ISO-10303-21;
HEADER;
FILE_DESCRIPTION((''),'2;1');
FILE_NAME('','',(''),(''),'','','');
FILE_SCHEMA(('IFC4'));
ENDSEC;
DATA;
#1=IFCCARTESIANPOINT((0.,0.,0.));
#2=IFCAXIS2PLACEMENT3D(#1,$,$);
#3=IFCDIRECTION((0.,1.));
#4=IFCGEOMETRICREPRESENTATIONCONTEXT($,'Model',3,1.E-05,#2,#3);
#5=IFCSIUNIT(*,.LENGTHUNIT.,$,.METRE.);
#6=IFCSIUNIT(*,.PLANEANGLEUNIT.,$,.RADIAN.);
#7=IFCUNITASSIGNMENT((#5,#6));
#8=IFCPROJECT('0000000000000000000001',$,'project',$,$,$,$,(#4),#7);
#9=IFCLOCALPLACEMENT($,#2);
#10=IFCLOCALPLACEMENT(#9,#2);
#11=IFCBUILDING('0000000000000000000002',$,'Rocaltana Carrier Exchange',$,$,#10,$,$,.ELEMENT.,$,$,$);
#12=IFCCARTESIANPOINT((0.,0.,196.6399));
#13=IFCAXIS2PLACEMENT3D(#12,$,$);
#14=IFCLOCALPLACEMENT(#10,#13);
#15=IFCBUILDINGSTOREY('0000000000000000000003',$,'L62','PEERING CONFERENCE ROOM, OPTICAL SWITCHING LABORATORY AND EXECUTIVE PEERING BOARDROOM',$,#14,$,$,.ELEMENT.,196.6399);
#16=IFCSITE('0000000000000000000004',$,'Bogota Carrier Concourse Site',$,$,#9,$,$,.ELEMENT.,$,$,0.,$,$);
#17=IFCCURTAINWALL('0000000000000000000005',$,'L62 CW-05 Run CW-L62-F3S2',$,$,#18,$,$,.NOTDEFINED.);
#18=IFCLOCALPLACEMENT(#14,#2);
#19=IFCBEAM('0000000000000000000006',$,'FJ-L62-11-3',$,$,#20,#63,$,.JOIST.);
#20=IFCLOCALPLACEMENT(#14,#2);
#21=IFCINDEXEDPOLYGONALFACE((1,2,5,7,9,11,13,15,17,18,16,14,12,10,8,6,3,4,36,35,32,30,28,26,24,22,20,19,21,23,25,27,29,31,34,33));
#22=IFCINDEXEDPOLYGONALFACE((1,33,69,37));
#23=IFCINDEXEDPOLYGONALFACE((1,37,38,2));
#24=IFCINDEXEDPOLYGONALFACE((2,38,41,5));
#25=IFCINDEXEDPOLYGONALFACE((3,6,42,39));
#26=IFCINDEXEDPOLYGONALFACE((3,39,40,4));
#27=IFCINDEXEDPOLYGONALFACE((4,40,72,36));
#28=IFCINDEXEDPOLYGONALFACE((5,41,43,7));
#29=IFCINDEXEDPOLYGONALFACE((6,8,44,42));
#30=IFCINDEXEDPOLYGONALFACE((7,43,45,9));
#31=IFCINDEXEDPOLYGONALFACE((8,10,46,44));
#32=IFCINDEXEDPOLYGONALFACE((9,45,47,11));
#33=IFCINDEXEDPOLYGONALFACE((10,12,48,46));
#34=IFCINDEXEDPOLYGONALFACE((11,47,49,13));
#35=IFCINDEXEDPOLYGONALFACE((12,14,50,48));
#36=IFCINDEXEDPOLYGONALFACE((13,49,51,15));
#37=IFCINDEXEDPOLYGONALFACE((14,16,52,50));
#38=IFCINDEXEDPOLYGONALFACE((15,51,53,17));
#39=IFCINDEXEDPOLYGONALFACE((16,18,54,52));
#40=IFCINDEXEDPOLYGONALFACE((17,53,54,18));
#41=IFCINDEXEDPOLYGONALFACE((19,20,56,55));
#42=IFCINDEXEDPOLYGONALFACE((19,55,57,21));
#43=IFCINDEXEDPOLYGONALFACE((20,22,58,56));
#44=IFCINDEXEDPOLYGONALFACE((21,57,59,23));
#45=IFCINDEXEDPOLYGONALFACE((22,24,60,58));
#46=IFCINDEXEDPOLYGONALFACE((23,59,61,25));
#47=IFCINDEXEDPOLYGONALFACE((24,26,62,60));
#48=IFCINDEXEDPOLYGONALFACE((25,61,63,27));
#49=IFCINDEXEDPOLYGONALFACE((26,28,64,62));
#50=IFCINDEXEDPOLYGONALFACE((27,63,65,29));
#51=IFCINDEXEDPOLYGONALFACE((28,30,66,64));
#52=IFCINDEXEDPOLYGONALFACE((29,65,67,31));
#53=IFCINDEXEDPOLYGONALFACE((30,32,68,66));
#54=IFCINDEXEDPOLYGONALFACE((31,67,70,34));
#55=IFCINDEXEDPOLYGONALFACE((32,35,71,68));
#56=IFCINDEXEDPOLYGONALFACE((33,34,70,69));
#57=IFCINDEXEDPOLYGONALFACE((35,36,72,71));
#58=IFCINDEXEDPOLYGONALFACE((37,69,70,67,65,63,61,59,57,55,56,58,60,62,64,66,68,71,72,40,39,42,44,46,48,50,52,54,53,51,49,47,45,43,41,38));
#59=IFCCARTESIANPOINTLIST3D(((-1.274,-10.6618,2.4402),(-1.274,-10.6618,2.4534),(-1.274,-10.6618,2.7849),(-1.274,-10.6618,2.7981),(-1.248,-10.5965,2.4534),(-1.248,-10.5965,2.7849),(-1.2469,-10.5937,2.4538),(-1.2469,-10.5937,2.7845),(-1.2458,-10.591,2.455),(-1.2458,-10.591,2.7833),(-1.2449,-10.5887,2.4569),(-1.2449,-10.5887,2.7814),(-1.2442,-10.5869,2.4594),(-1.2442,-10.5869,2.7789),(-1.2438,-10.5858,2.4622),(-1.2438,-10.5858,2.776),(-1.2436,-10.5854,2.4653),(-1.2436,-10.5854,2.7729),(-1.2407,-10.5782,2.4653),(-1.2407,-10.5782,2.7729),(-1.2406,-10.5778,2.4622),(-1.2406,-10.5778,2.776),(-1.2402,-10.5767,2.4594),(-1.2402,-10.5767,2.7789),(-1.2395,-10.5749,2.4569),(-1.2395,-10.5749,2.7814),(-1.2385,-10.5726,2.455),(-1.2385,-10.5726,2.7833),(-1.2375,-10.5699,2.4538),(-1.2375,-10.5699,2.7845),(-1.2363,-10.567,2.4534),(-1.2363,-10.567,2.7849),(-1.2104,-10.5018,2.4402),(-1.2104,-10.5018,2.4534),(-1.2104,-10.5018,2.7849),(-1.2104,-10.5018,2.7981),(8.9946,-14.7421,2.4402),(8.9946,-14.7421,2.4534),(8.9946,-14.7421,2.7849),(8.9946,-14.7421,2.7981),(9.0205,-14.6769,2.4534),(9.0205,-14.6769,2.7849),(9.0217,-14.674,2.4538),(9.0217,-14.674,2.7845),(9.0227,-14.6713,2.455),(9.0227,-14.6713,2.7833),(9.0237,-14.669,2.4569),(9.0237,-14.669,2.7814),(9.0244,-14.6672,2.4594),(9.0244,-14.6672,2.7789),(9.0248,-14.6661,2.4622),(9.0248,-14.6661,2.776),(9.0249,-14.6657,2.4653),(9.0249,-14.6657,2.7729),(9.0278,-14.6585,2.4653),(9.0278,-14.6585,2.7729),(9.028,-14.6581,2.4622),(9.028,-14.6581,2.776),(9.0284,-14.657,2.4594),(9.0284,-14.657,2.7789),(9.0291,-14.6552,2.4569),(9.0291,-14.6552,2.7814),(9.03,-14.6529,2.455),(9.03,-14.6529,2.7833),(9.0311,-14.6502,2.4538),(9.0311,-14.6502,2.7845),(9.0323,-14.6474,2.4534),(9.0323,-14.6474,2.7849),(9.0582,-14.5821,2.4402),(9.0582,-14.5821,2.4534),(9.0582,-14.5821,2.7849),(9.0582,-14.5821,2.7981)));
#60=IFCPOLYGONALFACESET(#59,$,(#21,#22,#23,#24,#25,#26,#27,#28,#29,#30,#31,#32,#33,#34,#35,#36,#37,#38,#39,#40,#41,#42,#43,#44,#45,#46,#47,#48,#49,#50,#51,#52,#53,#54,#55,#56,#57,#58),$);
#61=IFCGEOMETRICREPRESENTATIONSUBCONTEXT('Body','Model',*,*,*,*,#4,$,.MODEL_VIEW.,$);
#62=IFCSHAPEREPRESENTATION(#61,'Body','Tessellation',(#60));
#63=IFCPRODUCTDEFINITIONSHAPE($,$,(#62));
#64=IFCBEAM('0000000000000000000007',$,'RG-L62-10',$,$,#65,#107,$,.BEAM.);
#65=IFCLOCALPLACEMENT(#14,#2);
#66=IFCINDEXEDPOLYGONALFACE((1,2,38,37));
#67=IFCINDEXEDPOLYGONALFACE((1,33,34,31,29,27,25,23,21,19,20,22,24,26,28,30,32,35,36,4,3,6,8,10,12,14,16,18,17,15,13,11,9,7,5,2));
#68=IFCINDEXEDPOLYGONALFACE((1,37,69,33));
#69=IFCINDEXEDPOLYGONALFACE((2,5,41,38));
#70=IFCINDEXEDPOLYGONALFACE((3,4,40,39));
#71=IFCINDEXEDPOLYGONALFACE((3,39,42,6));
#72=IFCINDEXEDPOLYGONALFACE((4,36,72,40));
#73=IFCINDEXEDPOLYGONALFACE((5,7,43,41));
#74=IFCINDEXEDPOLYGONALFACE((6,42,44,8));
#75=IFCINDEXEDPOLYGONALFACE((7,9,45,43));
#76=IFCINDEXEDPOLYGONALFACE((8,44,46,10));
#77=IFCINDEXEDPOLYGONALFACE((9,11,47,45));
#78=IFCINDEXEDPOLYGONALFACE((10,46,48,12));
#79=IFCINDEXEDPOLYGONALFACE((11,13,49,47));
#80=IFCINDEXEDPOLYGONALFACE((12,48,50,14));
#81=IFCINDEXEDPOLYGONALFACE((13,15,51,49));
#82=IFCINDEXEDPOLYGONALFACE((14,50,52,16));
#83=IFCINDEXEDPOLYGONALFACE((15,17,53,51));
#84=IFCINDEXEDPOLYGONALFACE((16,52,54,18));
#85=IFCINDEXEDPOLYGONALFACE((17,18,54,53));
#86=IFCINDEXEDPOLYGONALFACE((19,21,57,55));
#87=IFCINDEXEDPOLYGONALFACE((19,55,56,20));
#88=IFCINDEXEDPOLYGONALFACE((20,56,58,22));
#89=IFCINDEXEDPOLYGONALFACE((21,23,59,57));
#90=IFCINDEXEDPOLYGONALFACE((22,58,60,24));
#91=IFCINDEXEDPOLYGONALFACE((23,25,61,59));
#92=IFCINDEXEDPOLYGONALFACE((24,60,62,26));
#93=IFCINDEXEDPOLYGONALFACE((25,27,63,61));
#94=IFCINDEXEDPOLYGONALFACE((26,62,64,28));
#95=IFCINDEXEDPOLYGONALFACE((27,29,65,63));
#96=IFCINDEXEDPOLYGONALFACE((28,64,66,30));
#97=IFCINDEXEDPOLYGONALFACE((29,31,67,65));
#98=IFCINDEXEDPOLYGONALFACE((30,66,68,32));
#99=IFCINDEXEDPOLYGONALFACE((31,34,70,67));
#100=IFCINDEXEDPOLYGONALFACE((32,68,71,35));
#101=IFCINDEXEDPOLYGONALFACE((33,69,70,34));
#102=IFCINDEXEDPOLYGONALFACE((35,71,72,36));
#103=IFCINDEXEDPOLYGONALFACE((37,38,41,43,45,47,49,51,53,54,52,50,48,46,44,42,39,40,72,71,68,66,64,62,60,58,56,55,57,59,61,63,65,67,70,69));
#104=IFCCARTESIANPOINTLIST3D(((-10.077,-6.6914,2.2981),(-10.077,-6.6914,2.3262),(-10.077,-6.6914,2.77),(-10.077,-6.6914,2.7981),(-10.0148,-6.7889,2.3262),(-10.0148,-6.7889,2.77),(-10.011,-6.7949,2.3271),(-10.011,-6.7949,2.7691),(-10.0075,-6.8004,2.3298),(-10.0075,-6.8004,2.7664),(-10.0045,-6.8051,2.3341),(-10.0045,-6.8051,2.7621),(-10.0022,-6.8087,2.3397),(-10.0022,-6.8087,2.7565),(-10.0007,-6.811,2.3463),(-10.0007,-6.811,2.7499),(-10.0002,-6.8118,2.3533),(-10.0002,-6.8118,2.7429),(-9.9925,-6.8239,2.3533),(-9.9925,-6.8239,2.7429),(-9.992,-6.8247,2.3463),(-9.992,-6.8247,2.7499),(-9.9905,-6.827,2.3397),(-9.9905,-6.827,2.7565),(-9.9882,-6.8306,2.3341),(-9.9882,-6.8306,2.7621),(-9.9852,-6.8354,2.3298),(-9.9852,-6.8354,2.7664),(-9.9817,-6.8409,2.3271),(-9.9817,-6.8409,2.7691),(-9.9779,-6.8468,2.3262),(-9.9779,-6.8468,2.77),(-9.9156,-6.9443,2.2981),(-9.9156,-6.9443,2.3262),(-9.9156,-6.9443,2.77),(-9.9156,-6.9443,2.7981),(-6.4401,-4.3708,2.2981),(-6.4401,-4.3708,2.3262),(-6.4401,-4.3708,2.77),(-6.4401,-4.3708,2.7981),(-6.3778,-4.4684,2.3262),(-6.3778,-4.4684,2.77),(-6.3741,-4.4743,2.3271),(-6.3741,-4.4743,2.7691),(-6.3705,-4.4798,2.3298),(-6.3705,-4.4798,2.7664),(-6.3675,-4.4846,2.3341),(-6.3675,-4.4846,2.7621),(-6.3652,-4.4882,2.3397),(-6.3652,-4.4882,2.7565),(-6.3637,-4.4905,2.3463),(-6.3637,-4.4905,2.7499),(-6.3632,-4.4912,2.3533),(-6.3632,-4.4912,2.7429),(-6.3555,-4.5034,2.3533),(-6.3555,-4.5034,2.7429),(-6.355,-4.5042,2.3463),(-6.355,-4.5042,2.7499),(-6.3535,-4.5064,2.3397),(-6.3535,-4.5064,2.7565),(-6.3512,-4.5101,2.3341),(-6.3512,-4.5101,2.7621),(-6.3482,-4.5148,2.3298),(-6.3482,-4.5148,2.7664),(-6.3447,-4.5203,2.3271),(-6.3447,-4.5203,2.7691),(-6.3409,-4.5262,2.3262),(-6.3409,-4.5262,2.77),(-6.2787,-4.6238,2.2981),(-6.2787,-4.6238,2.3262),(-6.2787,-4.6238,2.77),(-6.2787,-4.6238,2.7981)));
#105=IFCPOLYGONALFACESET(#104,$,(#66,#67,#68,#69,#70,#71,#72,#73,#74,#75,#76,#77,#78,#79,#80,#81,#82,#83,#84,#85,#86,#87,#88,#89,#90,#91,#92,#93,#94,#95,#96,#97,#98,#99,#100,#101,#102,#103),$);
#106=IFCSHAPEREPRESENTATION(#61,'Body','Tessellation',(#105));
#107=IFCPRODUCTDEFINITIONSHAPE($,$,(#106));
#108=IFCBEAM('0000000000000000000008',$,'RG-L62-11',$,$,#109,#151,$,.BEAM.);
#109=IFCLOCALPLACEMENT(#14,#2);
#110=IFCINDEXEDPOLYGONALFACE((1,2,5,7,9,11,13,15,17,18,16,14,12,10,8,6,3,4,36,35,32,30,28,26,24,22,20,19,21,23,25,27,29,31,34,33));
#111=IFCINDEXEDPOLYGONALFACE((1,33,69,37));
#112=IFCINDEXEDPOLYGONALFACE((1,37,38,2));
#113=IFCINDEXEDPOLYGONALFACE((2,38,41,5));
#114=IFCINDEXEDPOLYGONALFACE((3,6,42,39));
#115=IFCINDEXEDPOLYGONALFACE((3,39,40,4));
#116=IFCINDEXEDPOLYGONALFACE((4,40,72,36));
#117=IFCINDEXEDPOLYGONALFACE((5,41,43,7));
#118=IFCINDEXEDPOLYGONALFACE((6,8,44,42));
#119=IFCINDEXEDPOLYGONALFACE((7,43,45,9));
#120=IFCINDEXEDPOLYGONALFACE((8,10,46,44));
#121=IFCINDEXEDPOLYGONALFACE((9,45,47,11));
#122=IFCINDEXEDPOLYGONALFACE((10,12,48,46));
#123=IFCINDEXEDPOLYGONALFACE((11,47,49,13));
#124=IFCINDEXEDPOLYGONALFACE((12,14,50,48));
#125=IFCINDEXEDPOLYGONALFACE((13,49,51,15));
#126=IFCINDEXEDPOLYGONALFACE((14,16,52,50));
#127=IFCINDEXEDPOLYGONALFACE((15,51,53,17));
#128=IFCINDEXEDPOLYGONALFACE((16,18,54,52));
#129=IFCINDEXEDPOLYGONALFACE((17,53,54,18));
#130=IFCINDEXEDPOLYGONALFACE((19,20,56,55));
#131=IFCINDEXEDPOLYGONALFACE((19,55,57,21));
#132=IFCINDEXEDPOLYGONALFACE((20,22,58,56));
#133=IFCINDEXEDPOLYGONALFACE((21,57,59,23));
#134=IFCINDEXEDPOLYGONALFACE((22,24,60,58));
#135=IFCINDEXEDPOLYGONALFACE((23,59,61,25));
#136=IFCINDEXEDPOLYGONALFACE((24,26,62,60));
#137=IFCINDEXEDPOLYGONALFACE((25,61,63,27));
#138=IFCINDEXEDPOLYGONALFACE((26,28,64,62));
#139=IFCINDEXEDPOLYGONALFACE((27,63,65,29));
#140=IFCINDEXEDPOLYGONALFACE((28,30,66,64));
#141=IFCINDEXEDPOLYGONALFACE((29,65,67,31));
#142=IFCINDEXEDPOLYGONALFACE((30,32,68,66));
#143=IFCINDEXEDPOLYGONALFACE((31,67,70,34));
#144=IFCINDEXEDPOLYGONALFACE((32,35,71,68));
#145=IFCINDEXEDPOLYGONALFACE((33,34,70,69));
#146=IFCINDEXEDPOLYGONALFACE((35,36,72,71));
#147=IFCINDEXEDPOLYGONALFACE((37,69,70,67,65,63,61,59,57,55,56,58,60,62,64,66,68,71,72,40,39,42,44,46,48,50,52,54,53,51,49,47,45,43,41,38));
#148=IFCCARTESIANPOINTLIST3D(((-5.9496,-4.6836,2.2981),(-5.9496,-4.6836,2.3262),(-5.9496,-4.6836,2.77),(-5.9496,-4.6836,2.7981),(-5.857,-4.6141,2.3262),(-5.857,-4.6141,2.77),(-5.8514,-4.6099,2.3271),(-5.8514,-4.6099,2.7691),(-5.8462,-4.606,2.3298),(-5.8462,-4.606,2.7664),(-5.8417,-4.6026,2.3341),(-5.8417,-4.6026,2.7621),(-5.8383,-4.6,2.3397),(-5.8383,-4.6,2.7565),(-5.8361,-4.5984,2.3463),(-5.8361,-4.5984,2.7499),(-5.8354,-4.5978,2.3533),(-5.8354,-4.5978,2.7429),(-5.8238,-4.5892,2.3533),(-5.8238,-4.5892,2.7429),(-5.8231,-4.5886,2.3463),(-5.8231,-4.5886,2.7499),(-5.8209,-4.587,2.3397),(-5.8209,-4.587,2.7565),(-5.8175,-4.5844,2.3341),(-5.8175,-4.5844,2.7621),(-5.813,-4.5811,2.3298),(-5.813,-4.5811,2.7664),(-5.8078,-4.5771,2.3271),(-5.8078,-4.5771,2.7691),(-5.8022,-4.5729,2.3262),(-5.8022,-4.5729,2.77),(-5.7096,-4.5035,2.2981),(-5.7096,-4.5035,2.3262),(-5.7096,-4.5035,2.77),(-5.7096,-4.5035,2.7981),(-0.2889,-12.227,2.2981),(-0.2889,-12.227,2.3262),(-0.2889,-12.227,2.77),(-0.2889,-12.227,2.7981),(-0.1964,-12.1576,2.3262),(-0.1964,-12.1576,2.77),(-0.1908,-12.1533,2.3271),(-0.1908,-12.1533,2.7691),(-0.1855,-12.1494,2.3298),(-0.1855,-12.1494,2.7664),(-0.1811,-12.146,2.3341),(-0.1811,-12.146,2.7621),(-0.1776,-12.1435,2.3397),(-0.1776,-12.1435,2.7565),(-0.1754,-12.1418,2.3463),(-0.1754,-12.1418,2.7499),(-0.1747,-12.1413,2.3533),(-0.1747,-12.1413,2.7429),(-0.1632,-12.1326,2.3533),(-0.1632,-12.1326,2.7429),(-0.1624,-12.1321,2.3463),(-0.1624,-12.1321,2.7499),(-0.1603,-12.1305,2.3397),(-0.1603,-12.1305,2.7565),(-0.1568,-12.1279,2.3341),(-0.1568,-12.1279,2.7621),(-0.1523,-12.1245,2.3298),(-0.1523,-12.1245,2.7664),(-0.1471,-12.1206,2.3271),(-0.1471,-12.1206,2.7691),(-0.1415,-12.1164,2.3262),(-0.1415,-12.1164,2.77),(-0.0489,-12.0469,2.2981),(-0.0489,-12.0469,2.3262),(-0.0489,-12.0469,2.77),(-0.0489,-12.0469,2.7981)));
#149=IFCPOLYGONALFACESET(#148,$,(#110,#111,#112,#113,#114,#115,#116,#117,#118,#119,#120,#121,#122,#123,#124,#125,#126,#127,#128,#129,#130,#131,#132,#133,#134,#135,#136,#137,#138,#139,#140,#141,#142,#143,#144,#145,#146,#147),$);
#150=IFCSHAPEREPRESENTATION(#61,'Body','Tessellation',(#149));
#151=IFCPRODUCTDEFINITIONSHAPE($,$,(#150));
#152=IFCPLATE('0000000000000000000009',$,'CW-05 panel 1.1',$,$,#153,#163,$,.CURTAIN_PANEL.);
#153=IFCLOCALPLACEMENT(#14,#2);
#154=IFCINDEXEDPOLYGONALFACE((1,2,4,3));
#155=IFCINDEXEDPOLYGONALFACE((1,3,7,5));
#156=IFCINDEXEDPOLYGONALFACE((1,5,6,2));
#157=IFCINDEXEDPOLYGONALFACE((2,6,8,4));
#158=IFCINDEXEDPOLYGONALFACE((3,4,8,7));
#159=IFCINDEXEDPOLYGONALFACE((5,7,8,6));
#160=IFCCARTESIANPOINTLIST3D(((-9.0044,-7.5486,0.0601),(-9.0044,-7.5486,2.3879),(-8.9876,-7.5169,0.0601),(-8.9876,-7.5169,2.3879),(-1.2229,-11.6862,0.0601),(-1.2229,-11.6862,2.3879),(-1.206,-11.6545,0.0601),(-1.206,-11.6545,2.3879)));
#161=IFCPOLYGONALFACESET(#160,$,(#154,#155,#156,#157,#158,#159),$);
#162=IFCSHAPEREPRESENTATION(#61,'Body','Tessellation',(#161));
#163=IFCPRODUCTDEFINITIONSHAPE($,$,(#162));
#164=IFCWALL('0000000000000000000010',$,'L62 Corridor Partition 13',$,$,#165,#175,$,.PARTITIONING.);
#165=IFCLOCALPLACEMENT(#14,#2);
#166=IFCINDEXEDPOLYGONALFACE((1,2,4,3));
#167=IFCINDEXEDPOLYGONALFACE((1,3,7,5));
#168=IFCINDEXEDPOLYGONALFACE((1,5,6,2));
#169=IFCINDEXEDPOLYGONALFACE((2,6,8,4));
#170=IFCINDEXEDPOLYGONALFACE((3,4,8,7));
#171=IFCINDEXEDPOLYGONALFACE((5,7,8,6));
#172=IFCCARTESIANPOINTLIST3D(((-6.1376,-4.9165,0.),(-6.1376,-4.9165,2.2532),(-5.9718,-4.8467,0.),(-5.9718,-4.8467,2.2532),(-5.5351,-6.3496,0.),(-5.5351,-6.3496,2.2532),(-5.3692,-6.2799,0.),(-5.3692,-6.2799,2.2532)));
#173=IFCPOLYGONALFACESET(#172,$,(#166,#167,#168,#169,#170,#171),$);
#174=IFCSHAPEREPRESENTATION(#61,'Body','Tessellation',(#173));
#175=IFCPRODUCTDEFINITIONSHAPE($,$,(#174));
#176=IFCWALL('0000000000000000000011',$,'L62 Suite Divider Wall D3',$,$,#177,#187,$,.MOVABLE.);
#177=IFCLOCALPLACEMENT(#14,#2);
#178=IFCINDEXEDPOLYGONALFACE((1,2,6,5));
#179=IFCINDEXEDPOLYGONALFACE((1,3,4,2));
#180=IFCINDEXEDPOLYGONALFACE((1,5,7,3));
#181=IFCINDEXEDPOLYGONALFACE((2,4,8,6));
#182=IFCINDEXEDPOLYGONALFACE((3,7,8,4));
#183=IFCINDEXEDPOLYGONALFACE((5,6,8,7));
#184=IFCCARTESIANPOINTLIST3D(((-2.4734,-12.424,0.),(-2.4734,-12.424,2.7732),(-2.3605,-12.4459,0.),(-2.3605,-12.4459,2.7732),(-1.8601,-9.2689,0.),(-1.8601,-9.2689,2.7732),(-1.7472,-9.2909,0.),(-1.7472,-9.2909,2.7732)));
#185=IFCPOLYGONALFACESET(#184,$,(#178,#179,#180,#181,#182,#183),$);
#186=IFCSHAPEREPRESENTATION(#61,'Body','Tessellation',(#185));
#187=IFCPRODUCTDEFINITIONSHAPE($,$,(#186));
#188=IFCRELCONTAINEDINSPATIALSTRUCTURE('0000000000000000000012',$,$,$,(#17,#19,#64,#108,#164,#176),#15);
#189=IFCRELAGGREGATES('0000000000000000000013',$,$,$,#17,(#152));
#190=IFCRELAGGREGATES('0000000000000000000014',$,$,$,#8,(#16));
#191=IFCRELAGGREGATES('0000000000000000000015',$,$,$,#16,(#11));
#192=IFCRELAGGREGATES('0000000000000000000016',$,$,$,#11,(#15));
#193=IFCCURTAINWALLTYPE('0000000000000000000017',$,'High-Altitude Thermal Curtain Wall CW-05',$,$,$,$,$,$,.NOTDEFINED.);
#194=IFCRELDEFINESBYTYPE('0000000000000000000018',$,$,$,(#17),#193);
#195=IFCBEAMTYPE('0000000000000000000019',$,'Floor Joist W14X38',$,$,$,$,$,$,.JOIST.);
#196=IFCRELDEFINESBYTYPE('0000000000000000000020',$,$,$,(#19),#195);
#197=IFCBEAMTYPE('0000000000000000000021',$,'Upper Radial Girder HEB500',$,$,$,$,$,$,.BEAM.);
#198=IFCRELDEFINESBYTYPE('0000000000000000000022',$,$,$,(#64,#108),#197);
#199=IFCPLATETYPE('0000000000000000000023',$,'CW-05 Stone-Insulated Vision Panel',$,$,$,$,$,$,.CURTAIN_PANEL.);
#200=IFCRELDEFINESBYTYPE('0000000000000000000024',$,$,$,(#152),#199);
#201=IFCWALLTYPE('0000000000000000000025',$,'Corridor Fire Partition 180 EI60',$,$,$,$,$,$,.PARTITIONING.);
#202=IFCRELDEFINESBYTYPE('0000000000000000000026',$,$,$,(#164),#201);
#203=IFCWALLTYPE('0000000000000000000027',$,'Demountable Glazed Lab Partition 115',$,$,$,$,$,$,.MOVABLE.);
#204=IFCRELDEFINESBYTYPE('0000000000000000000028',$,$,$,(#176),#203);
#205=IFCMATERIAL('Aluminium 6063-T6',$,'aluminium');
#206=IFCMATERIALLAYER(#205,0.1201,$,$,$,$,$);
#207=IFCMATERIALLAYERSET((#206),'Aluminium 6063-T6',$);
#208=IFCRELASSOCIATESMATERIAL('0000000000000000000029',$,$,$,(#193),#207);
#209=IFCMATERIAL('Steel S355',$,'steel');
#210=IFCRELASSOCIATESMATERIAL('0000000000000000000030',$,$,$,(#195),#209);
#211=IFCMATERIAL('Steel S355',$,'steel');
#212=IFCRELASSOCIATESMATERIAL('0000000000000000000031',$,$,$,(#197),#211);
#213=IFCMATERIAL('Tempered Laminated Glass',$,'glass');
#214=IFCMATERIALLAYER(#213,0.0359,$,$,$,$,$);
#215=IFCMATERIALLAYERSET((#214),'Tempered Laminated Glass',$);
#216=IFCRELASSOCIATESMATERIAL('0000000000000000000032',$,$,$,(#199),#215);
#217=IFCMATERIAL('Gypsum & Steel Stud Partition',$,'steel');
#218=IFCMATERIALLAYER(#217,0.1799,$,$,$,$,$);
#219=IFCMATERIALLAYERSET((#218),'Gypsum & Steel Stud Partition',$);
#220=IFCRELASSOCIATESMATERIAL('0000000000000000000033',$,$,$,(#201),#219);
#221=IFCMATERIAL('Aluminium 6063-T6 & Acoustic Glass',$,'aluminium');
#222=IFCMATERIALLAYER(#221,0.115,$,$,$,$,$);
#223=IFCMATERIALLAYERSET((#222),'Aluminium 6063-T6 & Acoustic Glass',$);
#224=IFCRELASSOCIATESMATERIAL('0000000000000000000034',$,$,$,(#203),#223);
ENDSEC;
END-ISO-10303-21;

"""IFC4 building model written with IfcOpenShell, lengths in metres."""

from ifc_helpers import new_model, si_unit, direction, frame, frame_2d, origin, origin_2d, place, context, subcontext, project, spatial, rectangle, i_section, extrude, material, layer, layer_set, material_profile, profile_set, type_object, element, aggregate, save


model = new_model("IFC4")

# Units and contexts
model_context = context("Model", 3, precision=1e-05, world=origin(), true_north=direction((0.0, 1.0)))
body_context = subcontext(model_context, "Body", "Model", "MODEL_VIEW")
ifc_project = project(units=[si_unit("LENGTHUNIT", "METRE"), si_unit("PLANEANGLEUNIT", "RADIAN")], contexts=[model_context])

# Site, building, storey
site_placement = place(None, origin())
site = spatial("IfcSite", under=ifc_project, at=site_placement, Name="Bogota Carrier Concourse Site", CompositionType="ELEMENT", RefElevation=0.0)
building_placement = place(site_placement, origin())
building = spatial("IfcBuilding", under=site, at=building_placement, Name="Rocaltana Carrier Exchange", CompositionType="ELEMENT")
storey_placement = place(building_placement, frame((0.0, 0.0, 196.6399)))
storey = spatial("IfcBuildingStorey", under=building, at=storey_placement, Name="L62", Description="PEERING CONFERENCE ROOM, OPTICAL SWITCHING LABORATORY AND EXECUTIVE PEERING BOARDROOM", CompositionType="ELEMENT", Elevation=196.6399)

# Curtain wall
ifc_material_1 = material(Name="Aluminium 6063-T6", Category="aluminium")
ifc_layer_1 = layer(ifc_material_1, 0.1201)
ifc_layer_set_1 = layer_set([ifc_layer_1], Name="Aluminium 6063-T6")
curtain_wall_type = type_object("IfcCurtainWallType", Name="High-Altitude Thermal Curtain Wall CW-05", PredefinedType="NOTDEFINED", material=ifc_layer_set_1)
curtain_wall_placement = place(storey_placement, origin())
curtain_wall = element("IfcCurtainWall", 1, at=curtain_wall_placement, inside=storey, type_object=curtain_wall_type, Name="L62 CW-05 Run CW-L62-F3S2", PredefinedType="NOTDEFINED")

# Beams
ifc_material_2 = material(Name="Steel S355", Category="steel")
ifc_material_profile_1 = material_profile(ifc_material_2, i_section(OverallWidth=0.1721, OverallDepth=0.3579, WebThickness=0.0078, FlangeThickness=0.0132, FilletRadius=0.012, at=origin_2d()), Name="W14X38")
ifc_profile_set_1 = profile_set([ifc_material_profile_1], Name="Steel S355")
beam_type_1 = type_object("IfcBeamType", Name="Floor Joist W14X38", PredefinedType="JOIST", material=ifc_profile_set_1)
beam_1_placement = place(storey_placement, frame((-1.2422, -10.5818, 2.6191), z_axis=(0.92932, -0.369275, 0.0), x_axis=(0.369275, 0.92932, 0.0)))
element("IfcBeam", 2, at=beam_1_placement, inside=storey, type_object=beam_type_1, Name="FJ-L62-11-3", PredefinedType="JOIST", context=body_context, shape_type="SweptSolid", body=[
    extrude(i_section(OverallWidth=0.1721, OverallDepth=0.3579, WebThickness=0.0078, FlangeThickness=0.0132, FilletRadius=0.012, at=origin_2d()), origin(), (0.0, 0.0, 1.0), 11.0496),
])
ifc_material_3 = material(Name="Steel S355", Category="steel")
ifc_material_profile_2 = material_profile(ifc_material_3, i_section(OverallWidth=0.3, OverallDepth=0.5, WebThickness=0.0144, FlangeThickness=0.0281, FilletRadius=0.0271, at=origin_2d()), Name="HEB500")
ifc_profile_set_2 = profile_set([ifc_material_profile_2], Name="Steel S355")
beam_type_2 = type_object("IfcBeamType", Name="Upper Radial Girder HEB500", PredefinedType="BEAM", material=ifc_profile_set_2)
beam_2_placement = place(storey_placement, frame((-6.3594, -4.4973, 2.5481), z_axis=(-0.843018, -0.537886, 0.0), x_axis=(0.537886, -0.843018, 0.0)))
element("IfcBeam", 3, at=beam_2_placement, inside=storey, type_object=beam_type_2, Name="RG-L62-10", PredefinedType="BEAM", context=body_context, shape_type="SweptSolid", body=[
    extrude(i_section(OverallWidth=0.3, OverallDepth=0.5, WebThickness=0.0144, FlangeThickness=0.0281, FilletRadius=0.0271, at=origin_2d()), origin(), (0.0, 0.0, 1.0), 4.3142),
])
beam_3_placement = place(storey_placement, frame((-5.8296, -4.5935, 2.5481), z_axis=(0.600207, -0.799845, 0.0), x_axis=(0.799845, 0.600207, 0.0)))
element("IfcBeam", 4, at=beam_3_placement, inside=storey, type_object=beam_type_2, Name="RG-L62-11", PredefinedType="BEAM", context=body_context, shape_type="SweptSolid", body=[
    extrude(i_section(OverallWidth=0.3, OverallDepth=0.5, WebThickness=0.0144, FlangeThickness=0.0281, FilletRadius=0.0271, at=origin_2d()), origin(), (0.0, 0.0, 1.0), 9.4312),
])

# Plate
ifc_material_4 = material(Name="Tempered Laminated Glass", Category="glass")
ifc_layer_2 = layer(ifc_material_4, 0.0359)
ifc_layer_set_2 = layer_set([ifc_layer_2], Name="Tempered Laminated Glass")
plate_type = type_object("IfcPlateType", Name="CW-05 Stone-Insulated Vision Panel", PredefinedType="CURTAIN_PANEL", material=ifc_layer_set_2)
plate_placement = place(storey_placement, frame((-5.1052, -9.6016, 0.0601), z_axis=(0.0, 0.0, 1.0), x_axis=(0.882943, -0.469479, 0.0)))
plate = element("IfcPlate", 5, at=plate_placement, type_object=plate_type, Name="CW-05 panel 1.1", PredefinedType="CURTAIN_PANEL", context=body_context, shape_type="SweptSolid", body=[
    extrude(rectangle(XDim=8.8132, YDim=0.0359, at=origin_2d()), origin(), (0.0, 0.0, 1.0), 2.3279),
])
aggregate(curtain_wall, [plate])

# Walls
ifc_material_5 = material(Name="Gypsum & Steel Stud Partition", Category="steel")
ifc_layer_3 = layer(ifc_material_5, 0.1799)
ifc_layer_set_3 = layer_set([ifc_layer_3], Name="Gypsum & Steel Stud Partition")
wall_type_1 = type_object("IfcWallType", Name="Corridor Fire Partition 180 EI60", PredefinedType="PARTITIONING", material=ifc_layer_set_3)
wall_1_placement = place(storey_placement, frame((-6.0547, -4.8816, 0.0), z_axis=(0.0, 0.0, 1.0), x_axis=(0.38758, -0.921836, 0.0)))
element("IfcWall", 6, at=wall_1_placement, inside=storey, type_object=wall_type_1, Name="L62 Corridor Partition 13", PredefinedType="PARTITIONING", context=body_context, shape_type="SweptSolid", body=[
    extrude(rectangle(XDim=1.5547, YDim=0.1799, at=frame_2d((0.7773, 0.0))), origin(), (0.0, 0.0, 1.0), 2.2532),
])
ifc_material_6 = material(Name="Aluminium 6063-T6 & Acoustic Glass", Category="aluminium")
ifc_layer_4 = layer(ifc_material_6, 0.115)
ifc_layer_set_4 = layer_set([ifc_layer_4], Name="Aluminium 6063-T6 & Acoustic Glass")
wall_type_2 = type_object("IfcWallType", Name="Demountable Glazed Lab Partition 115", PredefinedType="MOVABLE", material=ifc_layer_set_4)
wall_2_placement = place(storey_placement, frame((-1.8037, -9.28, 0.0), z_axis=(0.0, 0.0, 1.0), x_axis=(-0.190811, -0.981627, 0.0)))
element("IfcWall", 7, at=wall_2_placement, inside=storey, type_object=wall_type_2, Name="L62 Suite Divider Wall D3", PredefinedType="MOVABLE", context=body_context, shape_type="SweptSolid", body=[
    extrude(rectangle(XDim=3.2141, YDim=0.115, at=frame_2d((1.6069, 0.0))), origin(), (0.0, 0.0, 1.0), 2.7732),
])

save(model, "model.ifc")
